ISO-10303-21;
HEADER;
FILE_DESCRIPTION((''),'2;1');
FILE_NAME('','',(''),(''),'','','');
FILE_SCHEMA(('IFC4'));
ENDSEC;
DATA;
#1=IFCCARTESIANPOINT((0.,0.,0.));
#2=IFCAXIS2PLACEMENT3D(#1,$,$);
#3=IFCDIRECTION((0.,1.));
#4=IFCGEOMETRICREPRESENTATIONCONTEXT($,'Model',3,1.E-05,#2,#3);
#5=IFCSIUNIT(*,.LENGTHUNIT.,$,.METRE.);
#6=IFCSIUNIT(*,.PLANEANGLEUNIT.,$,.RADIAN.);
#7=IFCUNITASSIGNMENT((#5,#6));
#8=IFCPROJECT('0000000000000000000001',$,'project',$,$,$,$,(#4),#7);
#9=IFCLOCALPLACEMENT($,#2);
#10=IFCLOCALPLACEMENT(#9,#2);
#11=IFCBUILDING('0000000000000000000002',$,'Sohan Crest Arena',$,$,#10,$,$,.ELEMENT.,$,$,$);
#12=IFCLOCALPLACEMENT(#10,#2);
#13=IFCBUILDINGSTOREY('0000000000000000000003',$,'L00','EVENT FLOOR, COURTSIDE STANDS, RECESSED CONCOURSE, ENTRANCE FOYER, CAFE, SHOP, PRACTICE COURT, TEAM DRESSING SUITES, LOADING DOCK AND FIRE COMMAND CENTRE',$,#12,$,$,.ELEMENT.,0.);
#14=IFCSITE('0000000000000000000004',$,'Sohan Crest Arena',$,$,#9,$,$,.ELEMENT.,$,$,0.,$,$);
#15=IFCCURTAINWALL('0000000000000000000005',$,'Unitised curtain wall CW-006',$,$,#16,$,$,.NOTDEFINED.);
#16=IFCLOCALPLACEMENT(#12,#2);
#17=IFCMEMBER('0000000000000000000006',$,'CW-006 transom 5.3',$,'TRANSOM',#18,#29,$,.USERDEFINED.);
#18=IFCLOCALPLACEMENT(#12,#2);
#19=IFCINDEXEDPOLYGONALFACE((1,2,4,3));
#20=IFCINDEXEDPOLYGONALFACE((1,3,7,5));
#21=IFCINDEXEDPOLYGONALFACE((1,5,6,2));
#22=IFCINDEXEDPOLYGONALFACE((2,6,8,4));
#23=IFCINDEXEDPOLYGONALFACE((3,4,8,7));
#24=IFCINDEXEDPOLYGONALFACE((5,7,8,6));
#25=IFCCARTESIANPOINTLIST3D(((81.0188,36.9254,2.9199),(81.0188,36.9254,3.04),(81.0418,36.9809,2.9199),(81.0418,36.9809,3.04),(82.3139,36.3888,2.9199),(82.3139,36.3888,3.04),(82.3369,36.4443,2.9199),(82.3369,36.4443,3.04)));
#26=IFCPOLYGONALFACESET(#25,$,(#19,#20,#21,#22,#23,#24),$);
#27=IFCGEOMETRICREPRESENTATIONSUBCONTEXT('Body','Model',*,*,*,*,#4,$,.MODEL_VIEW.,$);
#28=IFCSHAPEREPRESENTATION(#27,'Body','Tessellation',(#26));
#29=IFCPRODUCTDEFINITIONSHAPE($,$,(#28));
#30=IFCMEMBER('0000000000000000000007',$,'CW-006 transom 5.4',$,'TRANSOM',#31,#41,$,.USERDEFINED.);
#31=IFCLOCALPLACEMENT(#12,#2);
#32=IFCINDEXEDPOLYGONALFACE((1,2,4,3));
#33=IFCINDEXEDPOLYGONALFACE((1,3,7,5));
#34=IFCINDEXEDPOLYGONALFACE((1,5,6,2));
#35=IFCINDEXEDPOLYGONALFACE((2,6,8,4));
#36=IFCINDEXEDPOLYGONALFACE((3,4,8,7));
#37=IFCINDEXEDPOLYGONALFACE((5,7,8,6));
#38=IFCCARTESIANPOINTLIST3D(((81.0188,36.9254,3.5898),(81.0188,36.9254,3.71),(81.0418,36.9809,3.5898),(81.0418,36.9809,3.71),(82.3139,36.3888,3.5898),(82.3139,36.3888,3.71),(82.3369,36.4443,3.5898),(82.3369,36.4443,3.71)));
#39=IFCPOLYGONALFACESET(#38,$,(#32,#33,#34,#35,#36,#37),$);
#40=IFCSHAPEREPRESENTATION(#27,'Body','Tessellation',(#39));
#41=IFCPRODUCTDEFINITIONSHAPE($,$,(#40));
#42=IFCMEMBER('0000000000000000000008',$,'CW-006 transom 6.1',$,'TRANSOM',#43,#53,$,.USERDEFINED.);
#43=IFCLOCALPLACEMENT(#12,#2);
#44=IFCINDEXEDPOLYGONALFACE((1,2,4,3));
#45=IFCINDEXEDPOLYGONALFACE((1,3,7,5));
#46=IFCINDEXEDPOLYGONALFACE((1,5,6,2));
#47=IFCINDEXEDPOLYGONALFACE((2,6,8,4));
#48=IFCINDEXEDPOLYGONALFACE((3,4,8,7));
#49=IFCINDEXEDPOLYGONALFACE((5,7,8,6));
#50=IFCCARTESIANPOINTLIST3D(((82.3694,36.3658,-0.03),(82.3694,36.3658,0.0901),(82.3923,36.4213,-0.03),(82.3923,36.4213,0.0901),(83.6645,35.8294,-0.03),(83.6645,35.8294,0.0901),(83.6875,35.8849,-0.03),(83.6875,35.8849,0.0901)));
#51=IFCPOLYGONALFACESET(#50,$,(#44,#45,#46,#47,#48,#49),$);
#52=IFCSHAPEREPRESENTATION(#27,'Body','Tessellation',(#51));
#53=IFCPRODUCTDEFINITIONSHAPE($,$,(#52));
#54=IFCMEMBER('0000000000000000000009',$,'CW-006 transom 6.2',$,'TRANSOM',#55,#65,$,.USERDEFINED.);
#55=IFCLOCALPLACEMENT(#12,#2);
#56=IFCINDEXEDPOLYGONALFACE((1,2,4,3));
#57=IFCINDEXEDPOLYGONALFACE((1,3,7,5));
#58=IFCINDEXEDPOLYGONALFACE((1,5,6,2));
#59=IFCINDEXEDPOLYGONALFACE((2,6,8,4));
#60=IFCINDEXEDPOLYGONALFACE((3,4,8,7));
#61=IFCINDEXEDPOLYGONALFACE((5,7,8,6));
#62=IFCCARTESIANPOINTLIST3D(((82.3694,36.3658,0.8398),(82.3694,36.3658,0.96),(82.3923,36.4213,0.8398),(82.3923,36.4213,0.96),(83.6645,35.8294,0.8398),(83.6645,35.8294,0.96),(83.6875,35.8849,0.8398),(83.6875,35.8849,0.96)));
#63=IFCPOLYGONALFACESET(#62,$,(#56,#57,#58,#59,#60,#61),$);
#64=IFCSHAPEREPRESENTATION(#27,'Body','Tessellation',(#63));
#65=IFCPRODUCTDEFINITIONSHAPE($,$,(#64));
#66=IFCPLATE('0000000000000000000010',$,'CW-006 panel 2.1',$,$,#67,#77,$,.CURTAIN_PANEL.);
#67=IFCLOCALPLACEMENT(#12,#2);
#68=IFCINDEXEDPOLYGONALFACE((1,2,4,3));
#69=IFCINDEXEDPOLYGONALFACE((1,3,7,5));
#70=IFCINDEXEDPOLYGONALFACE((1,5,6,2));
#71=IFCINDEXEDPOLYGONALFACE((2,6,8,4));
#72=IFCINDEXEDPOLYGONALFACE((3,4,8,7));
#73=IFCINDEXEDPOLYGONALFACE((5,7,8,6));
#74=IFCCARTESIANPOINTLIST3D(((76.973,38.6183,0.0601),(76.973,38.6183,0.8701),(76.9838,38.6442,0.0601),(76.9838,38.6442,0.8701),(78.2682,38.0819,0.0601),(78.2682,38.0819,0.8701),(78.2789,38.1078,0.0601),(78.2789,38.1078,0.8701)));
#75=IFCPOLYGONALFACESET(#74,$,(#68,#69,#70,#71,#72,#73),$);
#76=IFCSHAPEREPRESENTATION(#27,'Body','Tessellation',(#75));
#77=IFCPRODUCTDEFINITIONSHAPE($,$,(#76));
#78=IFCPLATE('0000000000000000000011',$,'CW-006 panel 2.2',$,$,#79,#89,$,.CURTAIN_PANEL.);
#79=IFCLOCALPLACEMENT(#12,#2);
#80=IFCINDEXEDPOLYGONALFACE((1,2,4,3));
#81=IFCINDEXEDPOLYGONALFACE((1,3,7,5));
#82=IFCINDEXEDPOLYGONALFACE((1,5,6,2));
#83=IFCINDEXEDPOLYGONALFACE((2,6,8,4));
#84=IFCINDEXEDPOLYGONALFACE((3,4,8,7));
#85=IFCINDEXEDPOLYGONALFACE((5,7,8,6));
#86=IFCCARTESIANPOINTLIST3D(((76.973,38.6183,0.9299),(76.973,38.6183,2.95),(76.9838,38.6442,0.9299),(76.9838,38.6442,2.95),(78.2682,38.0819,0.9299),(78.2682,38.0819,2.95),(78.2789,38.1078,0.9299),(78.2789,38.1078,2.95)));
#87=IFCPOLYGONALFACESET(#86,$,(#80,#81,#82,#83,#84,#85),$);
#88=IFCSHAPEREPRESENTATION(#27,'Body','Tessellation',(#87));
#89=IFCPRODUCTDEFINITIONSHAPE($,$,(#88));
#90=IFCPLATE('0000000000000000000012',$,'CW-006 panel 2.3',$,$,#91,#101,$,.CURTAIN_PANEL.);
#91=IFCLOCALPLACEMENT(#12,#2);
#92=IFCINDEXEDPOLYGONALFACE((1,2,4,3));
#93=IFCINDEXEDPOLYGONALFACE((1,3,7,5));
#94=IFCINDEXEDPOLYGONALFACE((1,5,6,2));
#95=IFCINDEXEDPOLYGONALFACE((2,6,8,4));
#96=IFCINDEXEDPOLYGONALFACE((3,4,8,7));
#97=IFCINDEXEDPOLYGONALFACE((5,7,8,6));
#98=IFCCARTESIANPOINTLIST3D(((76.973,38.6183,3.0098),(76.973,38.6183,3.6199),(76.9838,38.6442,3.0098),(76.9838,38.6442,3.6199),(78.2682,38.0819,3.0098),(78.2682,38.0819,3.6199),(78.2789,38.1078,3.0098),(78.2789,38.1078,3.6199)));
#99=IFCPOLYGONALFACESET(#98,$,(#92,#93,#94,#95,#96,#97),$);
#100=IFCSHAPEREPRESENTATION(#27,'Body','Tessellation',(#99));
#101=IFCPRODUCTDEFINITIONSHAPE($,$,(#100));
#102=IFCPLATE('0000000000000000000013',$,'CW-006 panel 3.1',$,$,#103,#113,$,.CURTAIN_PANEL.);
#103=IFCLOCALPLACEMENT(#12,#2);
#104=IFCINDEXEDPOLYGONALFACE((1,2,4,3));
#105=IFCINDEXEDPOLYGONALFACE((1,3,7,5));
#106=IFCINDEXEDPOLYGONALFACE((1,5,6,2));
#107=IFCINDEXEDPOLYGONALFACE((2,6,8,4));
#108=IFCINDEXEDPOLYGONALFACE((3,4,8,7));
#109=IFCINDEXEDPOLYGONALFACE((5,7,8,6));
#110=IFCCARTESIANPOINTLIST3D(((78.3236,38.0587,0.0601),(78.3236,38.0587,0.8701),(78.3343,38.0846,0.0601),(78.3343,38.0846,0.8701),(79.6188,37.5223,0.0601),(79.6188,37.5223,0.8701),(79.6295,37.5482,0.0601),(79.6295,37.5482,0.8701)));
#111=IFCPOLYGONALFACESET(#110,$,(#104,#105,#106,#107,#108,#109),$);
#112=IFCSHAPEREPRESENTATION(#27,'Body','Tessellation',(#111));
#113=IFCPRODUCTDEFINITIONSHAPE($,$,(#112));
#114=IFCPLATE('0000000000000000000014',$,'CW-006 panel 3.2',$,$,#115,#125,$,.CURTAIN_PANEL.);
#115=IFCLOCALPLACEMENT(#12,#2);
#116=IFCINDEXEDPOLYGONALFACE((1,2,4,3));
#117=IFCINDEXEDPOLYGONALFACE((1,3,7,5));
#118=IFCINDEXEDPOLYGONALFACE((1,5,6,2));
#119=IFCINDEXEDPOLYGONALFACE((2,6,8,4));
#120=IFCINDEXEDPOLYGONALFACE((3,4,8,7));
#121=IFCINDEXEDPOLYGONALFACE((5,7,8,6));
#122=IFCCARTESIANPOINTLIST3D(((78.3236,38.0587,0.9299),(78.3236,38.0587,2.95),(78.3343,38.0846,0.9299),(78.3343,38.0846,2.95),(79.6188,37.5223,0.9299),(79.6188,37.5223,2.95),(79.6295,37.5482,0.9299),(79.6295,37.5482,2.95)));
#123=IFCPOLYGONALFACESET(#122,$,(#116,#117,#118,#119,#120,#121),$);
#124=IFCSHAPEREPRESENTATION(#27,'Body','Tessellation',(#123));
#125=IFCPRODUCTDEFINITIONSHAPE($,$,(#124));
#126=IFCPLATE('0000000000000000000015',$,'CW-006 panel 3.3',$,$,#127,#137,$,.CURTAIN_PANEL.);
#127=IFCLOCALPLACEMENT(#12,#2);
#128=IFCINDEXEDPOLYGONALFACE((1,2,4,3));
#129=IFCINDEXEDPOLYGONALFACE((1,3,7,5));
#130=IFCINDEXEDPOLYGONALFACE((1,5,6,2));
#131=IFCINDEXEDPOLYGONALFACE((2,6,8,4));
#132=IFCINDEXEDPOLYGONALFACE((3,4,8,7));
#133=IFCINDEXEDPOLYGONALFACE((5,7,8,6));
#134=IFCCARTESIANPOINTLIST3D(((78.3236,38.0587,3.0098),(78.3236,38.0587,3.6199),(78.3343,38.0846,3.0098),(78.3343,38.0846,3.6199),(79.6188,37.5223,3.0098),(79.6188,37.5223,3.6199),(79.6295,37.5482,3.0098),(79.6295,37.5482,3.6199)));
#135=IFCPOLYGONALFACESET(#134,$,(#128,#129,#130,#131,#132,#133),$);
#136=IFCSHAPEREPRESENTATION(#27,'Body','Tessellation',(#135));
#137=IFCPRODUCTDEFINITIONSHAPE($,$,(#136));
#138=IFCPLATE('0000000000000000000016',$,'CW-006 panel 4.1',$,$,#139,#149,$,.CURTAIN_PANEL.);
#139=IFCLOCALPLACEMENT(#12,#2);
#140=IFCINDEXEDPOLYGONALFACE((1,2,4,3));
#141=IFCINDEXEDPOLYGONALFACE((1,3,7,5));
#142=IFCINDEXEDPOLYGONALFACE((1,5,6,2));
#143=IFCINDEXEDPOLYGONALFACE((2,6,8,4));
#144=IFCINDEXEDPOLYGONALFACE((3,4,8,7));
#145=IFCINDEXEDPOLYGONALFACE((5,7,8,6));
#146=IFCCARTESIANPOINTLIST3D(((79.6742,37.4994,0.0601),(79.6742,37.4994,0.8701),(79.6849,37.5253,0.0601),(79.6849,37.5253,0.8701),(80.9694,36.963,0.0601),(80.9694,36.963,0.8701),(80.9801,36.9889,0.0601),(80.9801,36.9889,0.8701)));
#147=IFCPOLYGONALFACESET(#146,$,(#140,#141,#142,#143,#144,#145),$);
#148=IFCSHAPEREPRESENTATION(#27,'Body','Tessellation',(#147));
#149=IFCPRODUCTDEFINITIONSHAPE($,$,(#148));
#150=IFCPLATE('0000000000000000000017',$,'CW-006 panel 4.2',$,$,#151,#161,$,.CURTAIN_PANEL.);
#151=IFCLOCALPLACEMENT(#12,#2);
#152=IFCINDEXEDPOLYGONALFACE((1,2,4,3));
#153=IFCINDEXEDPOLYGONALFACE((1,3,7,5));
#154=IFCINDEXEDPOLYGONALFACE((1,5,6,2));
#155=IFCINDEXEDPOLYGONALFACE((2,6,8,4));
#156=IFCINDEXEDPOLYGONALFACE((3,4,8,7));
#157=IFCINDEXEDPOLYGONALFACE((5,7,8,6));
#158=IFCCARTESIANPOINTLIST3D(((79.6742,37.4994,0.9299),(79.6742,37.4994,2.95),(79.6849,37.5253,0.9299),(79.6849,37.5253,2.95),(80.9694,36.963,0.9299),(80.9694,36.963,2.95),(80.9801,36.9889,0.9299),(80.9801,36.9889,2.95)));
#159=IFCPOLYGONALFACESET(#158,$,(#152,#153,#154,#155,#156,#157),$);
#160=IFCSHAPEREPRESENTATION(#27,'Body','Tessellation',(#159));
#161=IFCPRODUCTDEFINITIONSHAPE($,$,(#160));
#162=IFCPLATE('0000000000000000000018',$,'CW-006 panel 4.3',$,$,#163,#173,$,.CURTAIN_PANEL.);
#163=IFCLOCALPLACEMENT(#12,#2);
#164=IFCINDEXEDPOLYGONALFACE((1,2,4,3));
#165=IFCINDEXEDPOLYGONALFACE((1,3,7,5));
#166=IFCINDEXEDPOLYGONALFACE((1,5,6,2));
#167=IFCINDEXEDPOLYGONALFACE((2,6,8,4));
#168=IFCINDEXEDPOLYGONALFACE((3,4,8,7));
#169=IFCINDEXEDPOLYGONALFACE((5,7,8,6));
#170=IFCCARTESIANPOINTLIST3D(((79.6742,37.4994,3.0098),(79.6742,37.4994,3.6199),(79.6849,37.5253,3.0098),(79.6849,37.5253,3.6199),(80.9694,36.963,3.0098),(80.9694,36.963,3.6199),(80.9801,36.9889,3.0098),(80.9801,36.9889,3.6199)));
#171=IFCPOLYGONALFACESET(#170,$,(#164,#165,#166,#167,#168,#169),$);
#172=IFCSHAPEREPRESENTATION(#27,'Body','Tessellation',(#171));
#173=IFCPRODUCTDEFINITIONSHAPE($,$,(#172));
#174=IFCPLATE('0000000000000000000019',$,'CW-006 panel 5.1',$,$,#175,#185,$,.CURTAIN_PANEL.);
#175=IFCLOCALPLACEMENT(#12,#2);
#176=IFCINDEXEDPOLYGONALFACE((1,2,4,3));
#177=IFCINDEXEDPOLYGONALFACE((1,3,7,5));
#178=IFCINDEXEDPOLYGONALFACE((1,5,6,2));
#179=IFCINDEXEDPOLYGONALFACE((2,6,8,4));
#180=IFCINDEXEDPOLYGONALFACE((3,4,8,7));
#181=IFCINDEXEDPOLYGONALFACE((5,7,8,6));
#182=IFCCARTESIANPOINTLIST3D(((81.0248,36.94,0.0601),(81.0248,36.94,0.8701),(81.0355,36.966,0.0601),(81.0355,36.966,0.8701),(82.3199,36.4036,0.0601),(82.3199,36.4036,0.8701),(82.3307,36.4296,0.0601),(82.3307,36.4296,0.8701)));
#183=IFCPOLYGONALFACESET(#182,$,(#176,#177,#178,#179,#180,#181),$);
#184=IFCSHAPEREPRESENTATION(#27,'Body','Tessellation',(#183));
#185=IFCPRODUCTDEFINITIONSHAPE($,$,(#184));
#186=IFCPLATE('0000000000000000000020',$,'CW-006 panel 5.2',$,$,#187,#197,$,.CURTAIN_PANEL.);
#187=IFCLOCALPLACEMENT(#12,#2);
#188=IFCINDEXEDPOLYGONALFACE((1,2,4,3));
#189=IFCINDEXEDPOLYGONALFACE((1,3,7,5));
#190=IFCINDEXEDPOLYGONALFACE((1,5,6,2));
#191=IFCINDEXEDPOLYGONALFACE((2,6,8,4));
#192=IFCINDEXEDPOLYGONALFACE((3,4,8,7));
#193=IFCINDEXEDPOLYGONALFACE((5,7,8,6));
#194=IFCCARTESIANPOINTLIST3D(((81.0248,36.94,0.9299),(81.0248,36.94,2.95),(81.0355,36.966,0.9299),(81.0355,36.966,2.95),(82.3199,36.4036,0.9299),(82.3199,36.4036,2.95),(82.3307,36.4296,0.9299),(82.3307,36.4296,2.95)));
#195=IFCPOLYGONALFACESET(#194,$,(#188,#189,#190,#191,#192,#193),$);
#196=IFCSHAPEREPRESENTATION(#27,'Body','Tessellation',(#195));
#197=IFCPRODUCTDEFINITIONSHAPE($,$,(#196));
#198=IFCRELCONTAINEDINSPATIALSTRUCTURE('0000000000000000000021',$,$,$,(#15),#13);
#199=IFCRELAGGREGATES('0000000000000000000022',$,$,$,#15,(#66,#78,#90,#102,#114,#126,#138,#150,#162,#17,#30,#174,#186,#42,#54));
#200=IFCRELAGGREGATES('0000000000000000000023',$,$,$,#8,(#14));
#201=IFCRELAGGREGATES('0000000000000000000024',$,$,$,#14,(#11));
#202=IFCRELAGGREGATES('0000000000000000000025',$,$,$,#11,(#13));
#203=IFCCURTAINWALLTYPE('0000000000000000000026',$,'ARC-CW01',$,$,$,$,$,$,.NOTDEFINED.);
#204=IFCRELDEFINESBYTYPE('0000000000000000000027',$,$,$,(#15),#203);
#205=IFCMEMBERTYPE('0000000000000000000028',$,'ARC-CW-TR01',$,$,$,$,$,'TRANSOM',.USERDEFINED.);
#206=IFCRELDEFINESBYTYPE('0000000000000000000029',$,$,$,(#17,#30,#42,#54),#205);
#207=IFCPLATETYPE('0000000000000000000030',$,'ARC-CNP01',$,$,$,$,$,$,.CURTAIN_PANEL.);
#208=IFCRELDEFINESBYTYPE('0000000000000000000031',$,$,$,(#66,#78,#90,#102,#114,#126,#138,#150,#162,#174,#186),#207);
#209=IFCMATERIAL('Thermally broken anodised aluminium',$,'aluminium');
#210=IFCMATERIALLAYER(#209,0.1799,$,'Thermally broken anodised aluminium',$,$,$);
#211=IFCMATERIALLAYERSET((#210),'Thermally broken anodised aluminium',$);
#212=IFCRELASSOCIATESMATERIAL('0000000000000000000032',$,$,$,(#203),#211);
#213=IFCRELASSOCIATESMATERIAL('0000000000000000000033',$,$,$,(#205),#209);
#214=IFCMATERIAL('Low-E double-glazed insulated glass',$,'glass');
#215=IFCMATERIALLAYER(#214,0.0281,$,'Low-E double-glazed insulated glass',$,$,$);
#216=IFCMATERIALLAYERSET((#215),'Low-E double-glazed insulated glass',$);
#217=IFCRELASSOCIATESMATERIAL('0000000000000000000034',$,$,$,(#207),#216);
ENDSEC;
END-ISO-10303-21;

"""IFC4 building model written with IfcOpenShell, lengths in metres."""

from ifc_helpers import new_model, si_unit, direction, frame, origin, origin_2d, place, context, subcontext, project, spatial, rectangle, extrude, material, layer, layer_set, material_profile, profile_set, type_object, element, aggregate, save


model = new_model("IFC4")

# Units and contexts
model_context = context("Model", 3, precision=1e-05, world=origin(), true_north=direction((0.0, 1.0)))
body_context = subcontext(model_context, "Body", "Model", "MODEL_VIEW")
ifc_project = project(units=[si_unit("LENGTHUNIT", "METRE"), si_unit("PLANEANGLEUNIT", "RADIAN")], contexts=[model_context])

# Site, building, storey
site_placement = place(None, origin())
site = spatial("IfcSite", under=ifc_project, at=site_placement, Name="Sohan Crest Arena", CompositionType="ELEMENT", RefElevation=0.0)
building_placement = place(site_placement, origin())
building = spatial("IfcBuilding", under=site, at=building_placement, Name="Sohan Crest Arena", CompositionType="ELEMENT")
storey_placement = place(building_placement, origin())
storey = spatial("IfcBuildingStorey", under=building, at=storey_placement, Name="L00", Description="EVENT FLOOR, COURTSIDE STANDS, RECESSED CONCOURSE, ENTRANCE FOYER, CAFE, SHOP, PRACTICE COURT, TEAM DRESSING SUITES, LOADING DOCK AND FIRE COMMAND CENTRE", CompositionType="ELEMENT", Elevation=0.0)

# Curtain wall, members, plates
ifc_material_1 = material(Name="Thermally broken anodised aluminium", Category="aluminium")
ifc_layer_1 = layer(ifc_material_1, 0.1799, Name="Thermally broken anodised aluminium")
ifc_layer_set_1 = layer_set([ifc_layer_1], Name="Thermally broken anodised aluminium")
curtain_wall_type = type_object("IfcCurtainWallType", Name="ARC-CW01", PredefinedType="NOTDEFINED", material=ifc_layer_set_1)
curtain_wall_placement = place(storey_placement, origin())
curtain_wall = element("IfcCurtainWall", 1, at=curtain_wall_placement, inside=storey, type_object=curtain_wall_type, Name="Unitised curtain wall CW-006", PredefinedType="NOTDEFINED")
ifc_material_profile_1 = material_profile(ifc_material_1, rectangle(XDim=0.0601, YDim=0.1201, at=origin_2d()), Name="ALU-TRAN 60x120")
ifc_profile_set_1 = profile_set([ifc_material_profile_1], Name="Thermally broken anodised aluminium")
member_type_1 = type_object("IfcMemberType", Name="ARC-CW-TR01", ElementType="TRANSOM", PredefinedType="USERDEFINED", material=ifc_profile_set_1)
member_1_placement = place(storey_placement, frame((81.0303, 36.9531, 2.98), z_axis=(0.923843, -0.382772, 0.0), x_axis=(0.382772, 0.923843, 0.0)))
member_1 = element("IfcMember", 2, at=member_1_placement, type_object=member_type_1, Name="CW-006 transom 5.3", ObjectType="TRANSOM", PredefinedType="USERDEFINED", context=body_context, shape_type="SweptSolid", body=[
    extrude(rectangle(XDim=0.0601, YDim=0.1201, at=origin_2d()), origin(), (0.0, 0.0, 1.0), 1.4019),
])
member_2_placement = place(storey_placement, frame((81.0303, 36.9531, 3.6499), z_axis=(0.923843, -0.382772, 0.0), x_axis=(0.382772, 0.923843, 0.0)))
member_2 = element("IfcMember", 3, at=member_2_placement, type_object=member_type_1, Name="CW-006 transom 5.4", ObjectType="TRANSOM", PredefinedType="USERDEFINED", context=body_context, shape_type="SweptSolid", body=[
    extrude(rectangle(XDim=0.0601, YDim=0.1201, at=origin_2d()), origin(), (0.0, 0.0, 1.0), 1.4019),
])
member_3_placement = place(storey_placement, frame((82.3809, 36.3936, 0.03), z_axis=(0.923904, -0.382624, 0.0), x_axis=(0.382624, 0.923904, 0.0)))
member_3 = element("IfcMember", 4, at=member_3_placement, type_object=member_type_1, Name="CW-006 transom 6.1", ObjectType="TRANSOM", PredefinedType="USERDEFINED", context=body_context, shape_type="SweptSolid", body=[
    extrude(rectangle(XDim=0.0601, YDim=0.1201, at=origin_2d()), origin(), (0.0, 0.0, 1.0), 1.4019),
])
member_4_placement = place(storey_placement, frame((82.3809, 36.3936, 0.8999), z_axis=(0.923904, -0.382624, 0.0), x_axis=(0.382624, 0.923904, 0.0)))
member_4 = element("IfcMember", 5, at=member_4_placement, type_object=member_type_1, Name="CW-006 transom 6.2", ObjectType="TRANSOM", PredefinedType="USERDEFINED", context=body_context, shape_type="SweptSolid", body=[
    extrude(rectangle(XDim=0.0601, YDim=0.1201, at=origin_2d()), origin(), (0.0, 0.0, 1.0), 1.4019),
])
ifc_material_2 = material(Name="Low-E double-glazed insulated glass", Category="glass")
ifc_layer_2 = layer(ifc_material_2, 0.0281, Name="Low-E double-glazed insulated glass")
ifc_layer_set_2 = layer_set([ifc_layer_2], Name="Low-E double-glazed insulated glass")
plate_type = type_object("IfcPlateType", Name="ARC-CNP01", PredefinedType="CURTAIN_PANEL", material=ifc_layer_set_2)
plate_1_placement = place(storey_placement, frame((77.626, 38.363, 0.0601), z_axis=(0.0, 0.0, 1.0), x_axis=(0.923897, -0.382641, 0.0)))
plate_1 = element("IfcPlate", 6, at=plate_1_placement, type_object=plate_type, Name="CW-006 panel 2.1", PredefinedType="CURTAIN_PANEL", context=body_context, shape_type="SweptSolid", body=[
    extrude(rectangle(XDim=1.4019, YDim=0.0281, at=origin_2d()), origin(), (0.0, 0.0, 1.0), 0.8101),
])
plate_2_placement = place(storey_placement, frame((77.626, 38.363, 0.9299), z_axis=(0.0, 0.0, 1.0), x_axis=(0.923897, -0.382641, 0.0)))
plate_2 = element("IfcPlate", 7, at=plate_2_placement, type_object=plate_type, Name="CW-006 panel 2.2", PredefinedType="CURTAIN_PANEL", context=body_context, shape_type="SweptSolid", body=[
    extrude(rectangle(XDim=1.4019, YDim=0.0281, at=origin_2d()), origin(), (0.0, 0.0, 1.0), 2.02),
])
plate_3_placement = place(storey_placement, frame((77.626, 38.363, 3.0098), z_axis=(0.0, 0.0, 1.0), x_axis=(0.923897, -0.382641, 0.0)))
plate_3 = element("IfcPlate", 8, at=plate_3_placement, type_object=plate_type, Name="CW-006 panel 2.3", PredefinedType="CURTAIN_PANEL", context=body_context, shape_type="SweptSolid", body=[
    extrude(rectangle(XDim=1.4019, YDim=0.0281, at=origin_2d()), origin(), (0.0, 0.0, 1.0), 0.6101),
])
plate_4_placement = place(storey_placement, frame((78.9766, 37.8035, 0.0601), z_axis=(0.0, 0.0, 1.0), x_axis=(0.923897, -0.382641, 0.0)))
plate_4 = element("IfcPlate", 9, at=plate_4_placement, type_object=plate_type, Name="CW-006 panel 3.1", PredefinedType="CURTAIN_PANEL", context=body_context, shape_type="SweptSolid", body=[
    extrude(rectangle(XDim=1.4019, YDim=0.0281, at=origin_2d()), origin(), (0.0, 0.0, 1.0), 0.8101),
])
plate_5_placement = place(storey_placement, frame((78.9766, 37.8035, 0.9299), z_axis=(0.0, 0.0, 1.0), x_axis=(0.923897, -0.382641, 0.0)))
plate_5 = element("IfcPlate", 10, at=plate_5_placement, type_object=plate_type, Name="CW-006 panel 3.2", PredefinedType="CURTAIN_PANEL", context=body_context, shape_type="SweptSolid", body=[
    extrude(rectangle(XDim=1.4019, YDim=0.0281, at=origin_2d()), origin(), (0.0, 0.0, 1.0), 2.02),
])
plate_6_placement = place(storey_placement, frame((78.9766, 37.8035, 3.0098), z_axis=(0.0, 0.0, 1.0), x_axis=(0.923897, -0.382641, 0.0)))
plate_6 = element("IfcPlate", 11, at=plate_6_placement, type_object=plate_type, Name="CW-006 panel 3.3", PredefinedType="CURTAIN_PANEL", context=body_context, shape_type="SweptSolid", body=[
    extrude(rectangle(XDim=1.4019, YDim=0.0281, at=origin_2d()), origin(), (0.0, 0.0, 1.0), 0.6101),
])
plate_7_placement = place(storey_placement, frame((80.3271, 37.2441, 0.0601), z_axis=(0.0, 0.0, 1.0), x_axis=(0.923897, -0.382641, 0.0)))
plate_7 = element("IfcPlate", 12, at=plate_7_placement, type_object=plate_type, Name="CW-006 panel 4.1", PredefinedType="CURTAIN_PANEL", context=body_context, shape_type="SweptSolid", body=[
    extrude(rectangle(XDim=1.4019, YDim=0.0281, at=origin_2d()), origin(), (0.0, 0.0, 1.0), 0.8101),
])
plate_8_placement = place(storey_placement, frame((80.3271, 37.2441, 0.9299), z_axis=(0.0, 0.0, 1.0), x_axis=(0.923897, -0.382641, 0.0)))
plate_8 = element("IfcPlate", 13, at=plate_8_placement, type_object=plate_type, Name="CW-006 panel 4.2", PredefinedType="CURTAIN_PANEL", context=body_context, shape_type="SweptSolid", body=[
    extrude(rectangle(XDim=1.4019, YDim=0.0281, at=origin_2d()), origin(), (0.0, 0.0, 1.0), 2.02),
])
plate_9_placement = place(storey_placement, frame((80.3271, 37.2441, 3.0098), z_axis=(0.0, 0.0, 1.0), x_axis=(0.923897, -0.382641, 0.0)))
plate_9 = element("IfcPlate", 14, at=plate_9_placement, type_object=plate_type, Name="CW-006 panel 4.3", PredefinedType="CURTAIN_PANEL", context=body_context, shape_type="SweptSolid", body=[
    extrude(rectangle(XDim=1.4019, YDim=0.0281, at=origin_2d()), origin(), (0.0, 0.0, 1.0), 0.6101),
])
plate_10_placement = place(storey_placement, frame((81.6777, 36.6848, 0.0601), z_axis=(0.0, 0.0, 1.0), x_axis=(0.923897, -0.382641, 0.0)))
plate_10 = element("IfcPlate", 15, at=plate_10_placement, type_object=plate_type, Name="CW-006 panel 5.1", PredefinedType="CURTAIN_PANEL", context=body_context, shape_type="SweptSolid", body=[
    extrude(rectangle(XDim=1.4019, YDim=0.0281, at=origin_2d()), origin(), (0.0, 0.0, 1.0), 0.8101),
])
plate_11_placement = place(storey_placement, frame((81.6777, 36.6848, 0.9299), z_axis=(0.0, 0.0, 1.0), x_axis=(0.923897, -0.382641, 0.0)))
plate_11 = element("IfcPlate", 16, at=plate_11_placement, type_object=plate_type, Name="CW-006 panel 5.2", PredefinedType="CURTAIN_PANEL", context=body_context, shape_type="SweptSolid", body=[
    extrude(rectangle(XDim=1.4019, YDim=0.0281, at=origin_2d()), origin(), (0.0, 0.0, 1.0), 2.02),
])
aggregate(curtain_wall, [plate_1, plate_2, plate_3, plate_4, plate_5, plate_6, plate_7, plate_8, plate_9, member_1, member_2, plate_10, plate_11, member_3, member_4])

save(model, "model.ifc")
